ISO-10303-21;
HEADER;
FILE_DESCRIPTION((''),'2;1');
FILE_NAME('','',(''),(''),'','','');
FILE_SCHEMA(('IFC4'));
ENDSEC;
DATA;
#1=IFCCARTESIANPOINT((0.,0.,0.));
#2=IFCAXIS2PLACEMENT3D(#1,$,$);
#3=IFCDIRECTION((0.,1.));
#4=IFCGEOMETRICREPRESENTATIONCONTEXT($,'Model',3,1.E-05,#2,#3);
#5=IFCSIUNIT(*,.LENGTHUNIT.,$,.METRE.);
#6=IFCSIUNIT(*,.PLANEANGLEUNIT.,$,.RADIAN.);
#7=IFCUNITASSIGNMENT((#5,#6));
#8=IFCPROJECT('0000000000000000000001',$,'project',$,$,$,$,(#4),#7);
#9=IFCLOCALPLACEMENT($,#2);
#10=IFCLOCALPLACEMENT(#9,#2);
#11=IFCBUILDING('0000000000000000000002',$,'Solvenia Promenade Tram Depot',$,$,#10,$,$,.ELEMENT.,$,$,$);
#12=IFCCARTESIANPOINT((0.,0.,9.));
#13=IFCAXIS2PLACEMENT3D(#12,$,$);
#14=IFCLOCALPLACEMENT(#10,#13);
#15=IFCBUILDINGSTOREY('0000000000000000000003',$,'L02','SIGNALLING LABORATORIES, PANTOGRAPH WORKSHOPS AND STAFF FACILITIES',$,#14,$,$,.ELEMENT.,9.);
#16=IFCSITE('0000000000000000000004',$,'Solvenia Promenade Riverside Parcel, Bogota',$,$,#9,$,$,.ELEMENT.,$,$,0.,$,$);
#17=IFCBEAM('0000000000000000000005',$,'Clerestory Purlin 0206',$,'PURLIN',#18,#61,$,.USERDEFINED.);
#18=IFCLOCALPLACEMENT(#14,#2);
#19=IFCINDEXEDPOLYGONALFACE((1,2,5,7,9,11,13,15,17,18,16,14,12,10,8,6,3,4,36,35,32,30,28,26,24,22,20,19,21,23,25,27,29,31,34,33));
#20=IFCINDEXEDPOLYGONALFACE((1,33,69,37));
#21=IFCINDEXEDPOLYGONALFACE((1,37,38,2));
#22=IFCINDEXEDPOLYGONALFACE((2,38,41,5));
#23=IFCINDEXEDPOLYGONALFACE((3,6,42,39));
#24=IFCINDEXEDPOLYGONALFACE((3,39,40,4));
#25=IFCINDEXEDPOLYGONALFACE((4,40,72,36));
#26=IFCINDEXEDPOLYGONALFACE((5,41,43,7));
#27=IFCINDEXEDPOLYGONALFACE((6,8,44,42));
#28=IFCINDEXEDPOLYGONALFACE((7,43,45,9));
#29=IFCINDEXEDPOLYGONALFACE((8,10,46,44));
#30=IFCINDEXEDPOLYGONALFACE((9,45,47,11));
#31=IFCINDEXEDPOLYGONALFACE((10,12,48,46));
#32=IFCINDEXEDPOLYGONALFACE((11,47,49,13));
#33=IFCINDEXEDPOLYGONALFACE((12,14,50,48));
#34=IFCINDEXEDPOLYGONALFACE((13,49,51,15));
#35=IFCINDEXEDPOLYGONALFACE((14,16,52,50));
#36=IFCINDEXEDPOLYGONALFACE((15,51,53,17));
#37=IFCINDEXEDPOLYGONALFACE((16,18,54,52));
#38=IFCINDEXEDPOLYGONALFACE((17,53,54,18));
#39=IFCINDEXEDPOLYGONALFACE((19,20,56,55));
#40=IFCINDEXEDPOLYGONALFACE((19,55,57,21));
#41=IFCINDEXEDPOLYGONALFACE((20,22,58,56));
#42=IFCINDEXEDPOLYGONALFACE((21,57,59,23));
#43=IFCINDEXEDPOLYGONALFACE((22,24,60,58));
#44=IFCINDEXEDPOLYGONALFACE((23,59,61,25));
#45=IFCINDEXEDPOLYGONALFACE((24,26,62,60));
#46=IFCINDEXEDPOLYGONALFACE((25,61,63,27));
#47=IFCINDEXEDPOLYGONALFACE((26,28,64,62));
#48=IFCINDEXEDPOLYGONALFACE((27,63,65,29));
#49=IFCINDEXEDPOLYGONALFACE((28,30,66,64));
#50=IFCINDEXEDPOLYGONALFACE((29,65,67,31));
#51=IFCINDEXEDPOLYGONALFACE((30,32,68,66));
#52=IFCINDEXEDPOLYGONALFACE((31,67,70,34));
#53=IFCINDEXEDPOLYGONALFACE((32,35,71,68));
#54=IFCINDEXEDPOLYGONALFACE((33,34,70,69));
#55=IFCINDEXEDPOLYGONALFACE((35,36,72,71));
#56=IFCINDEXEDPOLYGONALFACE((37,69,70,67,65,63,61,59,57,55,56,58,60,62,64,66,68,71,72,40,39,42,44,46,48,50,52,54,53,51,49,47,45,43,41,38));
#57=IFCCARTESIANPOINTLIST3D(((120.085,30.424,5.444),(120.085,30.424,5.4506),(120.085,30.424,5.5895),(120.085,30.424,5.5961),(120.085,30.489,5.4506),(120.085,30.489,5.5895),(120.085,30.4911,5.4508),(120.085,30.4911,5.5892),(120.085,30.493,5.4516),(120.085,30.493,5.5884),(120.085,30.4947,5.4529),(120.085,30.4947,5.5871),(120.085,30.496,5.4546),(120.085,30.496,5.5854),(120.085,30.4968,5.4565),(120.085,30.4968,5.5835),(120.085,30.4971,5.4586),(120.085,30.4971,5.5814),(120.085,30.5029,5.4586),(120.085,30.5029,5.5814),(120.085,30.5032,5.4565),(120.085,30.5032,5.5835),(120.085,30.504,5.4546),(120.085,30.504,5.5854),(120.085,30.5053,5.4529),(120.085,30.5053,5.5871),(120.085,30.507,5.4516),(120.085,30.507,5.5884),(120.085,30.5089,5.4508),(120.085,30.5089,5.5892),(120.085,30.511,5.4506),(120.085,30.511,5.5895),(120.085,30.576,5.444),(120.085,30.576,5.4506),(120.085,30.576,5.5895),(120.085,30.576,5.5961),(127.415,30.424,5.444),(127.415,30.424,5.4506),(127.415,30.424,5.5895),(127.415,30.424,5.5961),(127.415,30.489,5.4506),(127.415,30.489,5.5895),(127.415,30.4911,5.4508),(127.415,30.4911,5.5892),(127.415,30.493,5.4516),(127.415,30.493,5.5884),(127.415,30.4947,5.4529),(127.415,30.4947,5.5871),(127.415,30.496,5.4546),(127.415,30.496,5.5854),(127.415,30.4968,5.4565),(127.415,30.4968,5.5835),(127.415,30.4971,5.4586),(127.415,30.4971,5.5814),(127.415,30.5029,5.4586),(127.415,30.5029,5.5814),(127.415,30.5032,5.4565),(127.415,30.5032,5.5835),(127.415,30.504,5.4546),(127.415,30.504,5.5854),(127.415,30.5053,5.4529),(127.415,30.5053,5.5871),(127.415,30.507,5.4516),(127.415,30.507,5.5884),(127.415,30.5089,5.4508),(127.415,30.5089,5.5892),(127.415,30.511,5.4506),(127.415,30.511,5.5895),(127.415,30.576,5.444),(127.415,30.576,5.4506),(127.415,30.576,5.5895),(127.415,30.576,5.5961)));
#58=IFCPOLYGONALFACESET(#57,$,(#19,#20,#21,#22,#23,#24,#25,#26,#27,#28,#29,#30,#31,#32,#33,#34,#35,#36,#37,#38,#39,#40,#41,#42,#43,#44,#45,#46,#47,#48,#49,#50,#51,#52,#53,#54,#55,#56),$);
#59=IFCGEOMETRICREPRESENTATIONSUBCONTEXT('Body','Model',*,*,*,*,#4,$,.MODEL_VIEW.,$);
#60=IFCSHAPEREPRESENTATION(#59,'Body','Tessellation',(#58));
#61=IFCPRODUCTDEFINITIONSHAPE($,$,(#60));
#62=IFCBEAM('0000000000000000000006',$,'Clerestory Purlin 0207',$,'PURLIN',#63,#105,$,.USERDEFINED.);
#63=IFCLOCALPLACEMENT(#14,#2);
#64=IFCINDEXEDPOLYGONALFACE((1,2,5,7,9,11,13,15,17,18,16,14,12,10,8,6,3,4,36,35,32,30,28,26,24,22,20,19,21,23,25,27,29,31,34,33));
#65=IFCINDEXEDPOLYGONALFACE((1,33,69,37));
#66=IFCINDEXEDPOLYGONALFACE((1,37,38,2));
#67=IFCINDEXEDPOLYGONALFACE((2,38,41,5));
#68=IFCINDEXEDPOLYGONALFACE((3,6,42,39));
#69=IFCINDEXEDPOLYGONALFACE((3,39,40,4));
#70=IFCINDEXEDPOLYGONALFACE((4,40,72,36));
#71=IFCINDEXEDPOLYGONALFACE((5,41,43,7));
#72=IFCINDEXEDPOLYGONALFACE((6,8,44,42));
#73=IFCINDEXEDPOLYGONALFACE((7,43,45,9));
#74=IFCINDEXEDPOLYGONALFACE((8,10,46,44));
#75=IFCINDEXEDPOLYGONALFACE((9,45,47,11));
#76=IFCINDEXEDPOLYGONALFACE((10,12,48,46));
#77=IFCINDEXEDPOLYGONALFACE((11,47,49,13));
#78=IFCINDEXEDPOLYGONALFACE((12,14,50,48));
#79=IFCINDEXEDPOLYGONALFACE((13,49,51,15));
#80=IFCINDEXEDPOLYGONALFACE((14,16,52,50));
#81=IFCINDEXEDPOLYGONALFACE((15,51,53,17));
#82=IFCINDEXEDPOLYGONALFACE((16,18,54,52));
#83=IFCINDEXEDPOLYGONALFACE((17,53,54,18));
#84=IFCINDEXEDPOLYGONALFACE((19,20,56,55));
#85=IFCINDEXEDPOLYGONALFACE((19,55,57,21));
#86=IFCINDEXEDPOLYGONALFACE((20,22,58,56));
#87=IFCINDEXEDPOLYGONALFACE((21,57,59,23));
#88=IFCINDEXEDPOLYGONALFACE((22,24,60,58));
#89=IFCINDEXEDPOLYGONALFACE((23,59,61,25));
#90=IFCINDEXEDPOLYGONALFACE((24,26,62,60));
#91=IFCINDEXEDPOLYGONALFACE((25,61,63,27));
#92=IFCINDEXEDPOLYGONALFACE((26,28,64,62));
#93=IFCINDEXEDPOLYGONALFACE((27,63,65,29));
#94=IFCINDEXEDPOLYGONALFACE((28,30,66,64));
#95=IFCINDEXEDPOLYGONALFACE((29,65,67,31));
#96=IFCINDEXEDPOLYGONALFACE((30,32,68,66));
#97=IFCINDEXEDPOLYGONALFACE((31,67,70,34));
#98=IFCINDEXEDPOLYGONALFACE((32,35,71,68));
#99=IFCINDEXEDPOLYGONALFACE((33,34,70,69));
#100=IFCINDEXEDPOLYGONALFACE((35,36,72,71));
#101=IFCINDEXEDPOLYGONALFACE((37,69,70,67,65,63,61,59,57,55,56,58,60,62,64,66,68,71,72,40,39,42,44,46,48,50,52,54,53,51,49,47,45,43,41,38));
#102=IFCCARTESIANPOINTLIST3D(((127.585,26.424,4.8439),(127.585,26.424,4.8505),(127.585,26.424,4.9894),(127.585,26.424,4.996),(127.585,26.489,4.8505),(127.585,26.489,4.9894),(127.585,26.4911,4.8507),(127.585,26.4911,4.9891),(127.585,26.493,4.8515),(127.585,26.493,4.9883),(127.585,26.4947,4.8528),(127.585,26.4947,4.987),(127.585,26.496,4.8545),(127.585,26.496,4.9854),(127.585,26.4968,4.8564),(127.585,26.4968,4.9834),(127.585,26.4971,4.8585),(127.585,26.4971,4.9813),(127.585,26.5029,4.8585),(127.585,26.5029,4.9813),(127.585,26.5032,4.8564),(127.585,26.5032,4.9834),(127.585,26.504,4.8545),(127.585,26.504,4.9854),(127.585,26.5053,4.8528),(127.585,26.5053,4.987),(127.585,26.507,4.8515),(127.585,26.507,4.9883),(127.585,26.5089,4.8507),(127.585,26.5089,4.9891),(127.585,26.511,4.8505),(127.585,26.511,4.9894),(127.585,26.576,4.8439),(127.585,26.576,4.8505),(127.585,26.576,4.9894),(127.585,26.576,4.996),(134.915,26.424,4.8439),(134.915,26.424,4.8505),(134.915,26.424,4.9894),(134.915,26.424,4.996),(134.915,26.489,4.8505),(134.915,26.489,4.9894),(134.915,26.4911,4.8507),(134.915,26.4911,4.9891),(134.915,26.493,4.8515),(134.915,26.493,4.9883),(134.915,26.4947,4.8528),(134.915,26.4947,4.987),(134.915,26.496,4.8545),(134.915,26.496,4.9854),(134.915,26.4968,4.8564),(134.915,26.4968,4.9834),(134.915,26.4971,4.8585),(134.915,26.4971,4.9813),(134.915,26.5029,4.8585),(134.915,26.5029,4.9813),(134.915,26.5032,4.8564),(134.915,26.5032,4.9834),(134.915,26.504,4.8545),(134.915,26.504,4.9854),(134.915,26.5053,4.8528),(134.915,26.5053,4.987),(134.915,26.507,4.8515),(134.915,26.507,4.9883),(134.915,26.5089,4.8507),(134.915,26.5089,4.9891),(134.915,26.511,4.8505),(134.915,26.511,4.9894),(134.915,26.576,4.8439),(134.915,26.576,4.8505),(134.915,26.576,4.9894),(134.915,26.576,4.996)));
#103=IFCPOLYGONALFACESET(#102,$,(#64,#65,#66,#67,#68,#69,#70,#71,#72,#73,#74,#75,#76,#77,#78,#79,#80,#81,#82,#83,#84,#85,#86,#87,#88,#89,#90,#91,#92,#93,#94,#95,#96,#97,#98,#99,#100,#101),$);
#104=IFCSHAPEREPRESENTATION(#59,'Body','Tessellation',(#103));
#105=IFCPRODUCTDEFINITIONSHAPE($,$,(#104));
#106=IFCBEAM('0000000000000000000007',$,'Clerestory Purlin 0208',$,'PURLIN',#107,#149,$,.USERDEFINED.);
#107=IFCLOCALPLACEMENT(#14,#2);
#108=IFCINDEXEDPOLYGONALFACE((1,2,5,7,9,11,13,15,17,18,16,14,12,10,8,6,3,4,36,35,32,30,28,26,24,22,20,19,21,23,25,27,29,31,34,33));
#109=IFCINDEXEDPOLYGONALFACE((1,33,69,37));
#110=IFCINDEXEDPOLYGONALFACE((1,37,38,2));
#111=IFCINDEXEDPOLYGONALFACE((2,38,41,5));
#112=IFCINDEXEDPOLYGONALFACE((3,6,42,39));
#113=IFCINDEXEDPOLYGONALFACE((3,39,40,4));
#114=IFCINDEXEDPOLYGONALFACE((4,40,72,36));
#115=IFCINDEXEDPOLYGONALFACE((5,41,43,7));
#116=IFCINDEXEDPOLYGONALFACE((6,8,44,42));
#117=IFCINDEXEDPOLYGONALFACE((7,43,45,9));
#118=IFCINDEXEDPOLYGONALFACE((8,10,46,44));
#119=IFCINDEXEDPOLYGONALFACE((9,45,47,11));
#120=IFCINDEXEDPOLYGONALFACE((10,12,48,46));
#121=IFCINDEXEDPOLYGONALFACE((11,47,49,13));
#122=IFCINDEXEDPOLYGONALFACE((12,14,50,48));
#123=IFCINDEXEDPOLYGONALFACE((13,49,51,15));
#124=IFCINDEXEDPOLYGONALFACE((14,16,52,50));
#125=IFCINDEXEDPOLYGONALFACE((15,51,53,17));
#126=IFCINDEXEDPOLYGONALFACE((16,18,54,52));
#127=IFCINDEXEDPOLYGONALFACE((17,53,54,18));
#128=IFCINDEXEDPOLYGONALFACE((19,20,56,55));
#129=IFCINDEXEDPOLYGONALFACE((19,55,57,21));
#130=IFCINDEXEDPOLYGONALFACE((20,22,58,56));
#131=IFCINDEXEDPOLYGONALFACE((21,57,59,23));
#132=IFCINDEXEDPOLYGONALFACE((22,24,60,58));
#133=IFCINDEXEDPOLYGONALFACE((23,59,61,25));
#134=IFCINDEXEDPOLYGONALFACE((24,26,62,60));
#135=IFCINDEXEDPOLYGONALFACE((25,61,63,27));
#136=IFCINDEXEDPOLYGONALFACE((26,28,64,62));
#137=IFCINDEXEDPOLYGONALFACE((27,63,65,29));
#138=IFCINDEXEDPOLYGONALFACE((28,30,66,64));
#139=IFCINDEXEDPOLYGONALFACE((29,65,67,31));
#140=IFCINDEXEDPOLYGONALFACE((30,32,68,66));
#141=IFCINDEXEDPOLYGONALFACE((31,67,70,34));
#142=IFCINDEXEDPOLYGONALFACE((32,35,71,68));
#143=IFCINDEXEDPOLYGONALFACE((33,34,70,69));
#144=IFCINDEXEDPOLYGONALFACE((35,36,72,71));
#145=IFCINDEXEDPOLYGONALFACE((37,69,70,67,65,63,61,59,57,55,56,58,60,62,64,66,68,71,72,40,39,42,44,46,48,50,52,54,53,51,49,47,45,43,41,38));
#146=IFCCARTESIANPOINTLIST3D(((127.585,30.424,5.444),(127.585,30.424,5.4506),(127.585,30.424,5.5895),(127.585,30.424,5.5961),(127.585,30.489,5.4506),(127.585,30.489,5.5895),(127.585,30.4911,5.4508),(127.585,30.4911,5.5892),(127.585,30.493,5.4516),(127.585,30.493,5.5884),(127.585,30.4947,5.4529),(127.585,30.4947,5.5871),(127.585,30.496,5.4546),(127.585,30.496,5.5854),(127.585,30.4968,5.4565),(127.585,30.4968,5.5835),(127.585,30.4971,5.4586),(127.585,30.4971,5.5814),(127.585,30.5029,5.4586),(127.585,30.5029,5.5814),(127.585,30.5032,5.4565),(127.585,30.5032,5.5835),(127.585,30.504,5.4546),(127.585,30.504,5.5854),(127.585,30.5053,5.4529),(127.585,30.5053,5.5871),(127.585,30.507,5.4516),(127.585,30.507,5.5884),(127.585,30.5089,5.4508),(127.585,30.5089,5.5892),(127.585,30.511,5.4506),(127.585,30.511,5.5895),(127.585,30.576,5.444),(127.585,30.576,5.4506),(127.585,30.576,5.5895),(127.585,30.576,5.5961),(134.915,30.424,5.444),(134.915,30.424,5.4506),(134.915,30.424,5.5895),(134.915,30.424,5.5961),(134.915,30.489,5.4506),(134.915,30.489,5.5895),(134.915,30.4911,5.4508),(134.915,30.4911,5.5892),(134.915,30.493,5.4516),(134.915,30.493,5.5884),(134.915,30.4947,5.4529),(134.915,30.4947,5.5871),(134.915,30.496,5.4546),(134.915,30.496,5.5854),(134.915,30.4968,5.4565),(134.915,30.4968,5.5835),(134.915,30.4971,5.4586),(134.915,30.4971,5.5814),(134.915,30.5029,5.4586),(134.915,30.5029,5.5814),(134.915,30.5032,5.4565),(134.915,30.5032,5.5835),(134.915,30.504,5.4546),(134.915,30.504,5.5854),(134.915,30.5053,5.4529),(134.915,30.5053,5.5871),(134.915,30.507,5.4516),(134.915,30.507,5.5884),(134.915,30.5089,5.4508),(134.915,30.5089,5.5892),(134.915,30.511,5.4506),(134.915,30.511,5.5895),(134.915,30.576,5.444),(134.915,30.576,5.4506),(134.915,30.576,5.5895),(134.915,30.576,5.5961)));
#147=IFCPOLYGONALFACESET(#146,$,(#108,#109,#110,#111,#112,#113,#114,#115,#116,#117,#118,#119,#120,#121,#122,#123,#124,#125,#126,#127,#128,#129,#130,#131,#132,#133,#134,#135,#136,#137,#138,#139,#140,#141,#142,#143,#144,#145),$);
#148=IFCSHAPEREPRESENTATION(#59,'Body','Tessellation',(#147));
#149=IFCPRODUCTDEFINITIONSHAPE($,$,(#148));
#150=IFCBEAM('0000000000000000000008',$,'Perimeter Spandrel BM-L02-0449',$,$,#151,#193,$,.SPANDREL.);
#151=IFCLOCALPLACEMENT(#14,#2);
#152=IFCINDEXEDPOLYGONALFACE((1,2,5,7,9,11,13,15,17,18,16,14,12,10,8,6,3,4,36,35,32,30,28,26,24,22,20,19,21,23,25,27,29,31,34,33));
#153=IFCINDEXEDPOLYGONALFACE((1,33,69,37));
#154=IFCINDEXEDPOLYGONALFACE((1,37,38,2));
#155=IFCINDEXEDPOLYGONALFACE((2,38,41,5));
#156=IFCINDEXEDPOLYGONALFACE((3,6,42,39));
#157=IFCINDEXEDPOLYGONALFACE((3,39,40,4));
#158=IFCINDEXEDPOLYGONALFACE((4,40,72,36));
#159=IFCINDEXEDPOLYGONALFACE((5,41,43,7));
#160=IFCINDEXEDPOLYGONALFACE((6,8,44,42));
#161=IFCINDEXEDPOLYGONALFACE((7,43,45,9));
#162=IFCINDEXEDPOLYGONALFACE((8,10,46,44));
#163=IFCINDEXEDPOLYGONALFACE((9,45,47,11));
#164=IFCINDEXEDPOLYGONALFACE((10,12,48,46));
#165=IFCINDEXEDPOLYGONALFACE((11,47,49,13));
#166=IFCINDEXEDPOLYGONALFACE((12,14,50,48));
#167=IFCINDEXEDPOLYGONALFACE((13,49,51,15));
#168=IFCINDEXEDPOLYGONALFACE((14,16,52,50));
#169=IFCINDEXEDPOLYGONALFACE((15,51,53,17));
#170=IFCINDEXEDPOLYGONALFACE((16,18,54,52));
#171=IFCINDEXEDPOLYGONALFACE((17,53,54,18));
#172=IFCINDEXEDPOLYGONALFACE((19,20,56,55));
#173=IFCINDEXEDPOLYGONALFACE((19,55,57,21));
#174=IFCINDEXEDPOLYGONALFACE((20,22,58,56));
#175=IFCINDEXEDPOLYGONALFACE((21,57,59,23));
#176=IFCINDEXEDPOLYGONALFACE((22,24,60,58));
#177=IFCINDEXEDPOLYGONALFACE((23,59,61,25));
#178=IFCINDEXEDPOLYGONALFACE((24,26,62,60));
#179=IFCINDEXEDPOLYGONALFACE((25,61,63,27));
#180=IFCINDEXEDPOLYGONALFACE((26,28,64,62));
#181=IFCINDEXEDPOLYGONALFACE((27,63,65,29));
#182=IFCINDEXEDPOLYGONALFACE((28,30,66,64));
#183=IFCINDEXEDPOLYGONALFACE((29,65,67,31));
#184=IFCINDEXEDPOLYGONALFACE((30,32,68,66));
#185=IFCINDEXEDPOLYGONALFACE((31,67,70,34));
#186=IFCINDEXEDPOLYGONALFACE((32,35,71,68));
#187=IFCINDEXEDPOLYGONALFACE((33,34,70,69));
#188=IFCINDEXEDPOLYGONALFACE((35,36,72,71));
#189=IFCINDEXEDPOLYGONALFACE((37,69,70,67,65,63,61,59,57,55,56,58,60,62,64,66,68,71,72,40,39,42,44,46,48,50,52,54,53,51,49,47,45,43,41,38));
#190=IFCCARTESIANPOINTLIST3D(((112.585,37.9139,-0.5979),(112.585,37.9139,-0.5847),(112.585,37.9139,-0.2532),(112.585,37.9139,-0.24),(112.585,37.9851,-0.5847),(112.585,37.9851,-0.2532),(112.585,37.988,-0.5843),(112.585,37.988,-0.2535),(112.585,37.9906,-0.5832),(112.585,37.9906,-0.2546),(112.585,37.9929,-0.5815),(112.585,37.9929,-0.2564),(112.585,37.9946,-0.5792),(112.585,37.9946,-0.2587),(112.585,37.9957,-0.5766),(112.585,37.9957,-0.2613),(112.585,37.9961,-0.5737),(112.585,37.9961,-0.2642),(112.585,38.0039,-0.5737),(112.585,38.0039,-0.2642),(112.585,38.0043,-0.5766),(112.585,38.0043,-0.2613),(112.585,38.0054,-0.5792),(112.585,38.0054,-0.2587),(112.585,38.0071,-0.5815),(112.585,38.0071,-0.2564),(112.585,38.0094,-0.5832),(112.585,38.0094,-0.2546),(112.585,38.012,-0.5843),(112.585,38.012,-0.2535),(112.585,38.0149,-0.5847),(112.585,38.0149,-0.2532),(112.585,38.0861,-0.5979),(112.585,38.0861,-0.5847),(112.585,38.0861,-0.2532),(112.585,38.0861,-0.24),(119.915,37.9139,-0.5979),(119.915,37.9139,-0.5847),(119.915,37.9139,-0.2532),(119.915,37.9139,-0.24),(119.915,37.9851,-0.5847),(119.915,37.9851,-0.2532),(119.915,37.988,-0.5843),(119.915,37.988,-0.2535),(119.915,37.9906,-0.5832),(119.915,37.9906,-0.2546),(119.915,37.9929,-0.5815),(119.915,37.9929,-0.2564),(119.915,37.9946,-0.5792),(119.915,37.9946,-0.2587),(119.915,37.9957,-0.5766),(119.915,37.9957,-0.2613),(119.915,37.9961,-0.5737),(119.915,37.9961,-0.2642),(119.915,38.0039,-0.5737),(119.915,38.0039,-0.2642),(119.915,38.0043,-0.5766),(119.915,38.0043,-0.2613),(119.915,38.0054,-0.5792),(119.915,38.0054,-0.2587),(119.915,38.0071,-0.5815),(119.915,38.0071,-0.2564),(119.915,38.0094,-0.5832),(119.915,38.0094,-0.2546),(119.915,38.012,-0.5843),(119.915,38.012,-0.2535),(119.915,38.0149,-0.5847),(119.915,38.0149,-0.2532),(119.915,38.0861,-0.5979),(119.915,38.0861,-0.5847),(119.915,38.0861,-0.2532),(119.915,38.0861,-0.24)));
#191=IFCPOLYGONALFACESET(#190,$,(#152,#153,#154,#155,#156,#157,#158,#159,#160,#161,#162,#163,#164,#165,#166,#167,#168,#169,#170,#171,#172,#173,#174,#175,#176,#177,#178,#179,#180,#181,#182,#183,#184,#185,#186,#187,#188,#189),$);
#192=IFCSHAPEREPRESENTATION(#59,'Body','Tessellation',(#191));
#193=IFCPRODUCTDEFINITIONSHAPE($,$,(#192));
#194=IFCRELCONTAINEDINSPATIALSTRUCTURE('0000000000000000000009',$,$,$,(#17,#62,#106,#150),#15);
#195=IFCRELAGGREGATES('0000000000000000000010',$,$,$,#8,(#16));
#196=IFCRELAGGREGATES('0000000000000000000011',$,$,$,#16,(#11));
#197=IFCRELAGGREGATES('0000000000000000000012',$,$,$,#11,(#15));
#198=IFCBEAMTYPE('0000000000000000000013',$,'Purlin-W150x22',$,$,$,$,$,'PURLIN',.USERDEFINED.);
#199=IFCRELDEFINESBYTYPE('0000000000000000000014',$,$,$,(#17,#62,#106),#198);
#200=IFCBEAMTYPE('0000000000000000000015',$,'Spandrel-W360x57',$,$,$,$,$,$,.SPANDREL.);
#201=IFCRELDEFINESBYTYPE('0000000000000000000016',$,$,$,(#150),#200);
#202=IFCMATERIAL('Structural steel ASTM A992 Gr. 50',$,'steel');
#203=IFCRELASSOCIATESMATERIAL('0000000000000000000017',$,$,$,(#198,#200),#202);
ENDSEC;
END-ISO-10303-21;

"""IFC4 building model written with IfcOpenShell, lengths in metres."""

from ifc_helpers import new_model, si_unit, direction, frame, origin, origin_2d, place, context, subcontext, project, spatial, i_section, extrude, material, material_profile, profile_set, type_object, element, save


model = new_model("IFC4")

# Units and contexts
model_context = context("Model", 3, precision=1e-05, world=origin(), true_north=direction((0.0, 1.0)))
body_context = subcontext(model_context, "Body", "Model", "MODEL_VIEW")
ifc_project = project(units=[si_unit("LENGTHUNIT", "METRE"), si_unit("PLANEANGLEUNIT", "RADIAN")], contexts=[model_context])

# Site, building, storey
site_placement = place(None, origin())
site = spatial("IfcSite", under=ifc_project, at=site_placement, Name="Solvenia Promenade Riverside Parcel, Bogota", CompositionType="ELEMENT", RefElevation=0.0)
building_placement = place(site_placement, origin())
building = spatial("IfcBuilding", under=site, at=building_placement, Name="Solvenia Promenade Tram Depot", CompositionType="ELEMENT")
storey_placement = place(building_placement, frame((0.0, 0.0, 9.0)))
storey = spatial("IfcBuildingStorey", under=building, at=storey_placement, Name="L02", Description="SIGNALLING LABORATORIES, PANTOGRAPH WORKSHOPS AND STAFF FACILITIES", CompositionType="ELEMENT", Elevation=9.0)

# Shared definitions
ifc_material_1 = material(Name="Structural steel ASTM A992 Gr. 50", Category="steel")

# Beams
ifc_material_profile_1 = material_profile(ifc_material_1, i_section(OverallWidth=0.1521, OverallDepth=0.1521, WebThickness=0.0059, FlangeThickness=0.0066, FilletRadius=0.0081, at=origin_2d()), Name="W150x22", Category="steel")
ifc_profile_set_1 = profile_set([ifc_material_profile_1], Name="Structural steel ASTM A992 Gr. 50")
beam_type_1 = type_object("IfcBeamType", Name="Purlin-W150x22", ElementType="PURLIN", PredefinedType="USERDEFINED", material=ifc_profile_set_1)
for number, where, z_axis, x_axis, name in (
    (1, (120.085, 30.5, 5.52), (1.0, 0.0, 0.0), (0.0, 1.0, 0.0), "Clerestory Purlin 0206"),
    (2, (127.585, 26.5, 4.9199), (1.0, 0.0, 0.0), (0.0, 1.0, 0.0), "Clerestory Purlin 0207"),
    (3, (127.585, 30.5, 5.52), (1.0, 0.0, 0.0), (0.0, 1.0, 0.0), "Clerestory Purlin 0208"),
):
    element("IfcBeam", number, at=place(storey_placement, frame(where, z_axis=z_axis, x_axis=x_axis)), inside=storey, type_object=beam_type_1, Name=name, ObjectType="PURLIN", PredefinedType="USERDEFINED", context=body_context, shape_type="SweptSolid", body=[
        extrude(i_section(OverallWidth=0.1521, OverallDepth=0.1521, WebThickness=0.0059, FlangeThickness=0.0066, FilletRadius=0.0081, at=origin_2d()), origin(), (0.0, 0.0, 1.0), 7.3301),
    ])
ifc_material_profile_2 = material_profile(ifc_material_1, i_section(OverallWidth=0.1721, OverallDepth=0.3579, WebThickness=0.0078, FlangeThickness=0.0132, FilletRadius=0.011, at=origin_2d()), Name="W360x57", Category="steel")
ifc_profile_set_2 = profile_set([ifc_material_profile_2], Name="Structural steel ASTM A992 Gr. 50")
beam_type_2 = type_object("IfcBeamType", Name="Spandrel-W360x57", PredefinedType="SPANDREL", material=ifc_profile_set_2)
for number, where, z_axis, x_axis, name in (
    (4, (112.585, 38.0, -0.4189), (1.0, 0.0, 0.0), (0.0, 1.0, 0.0), "Perimeter Spandrel BM-L02-0449"),
):
    element("IfcBeam", number, at=place(storey_placement, frame(where, z_axis=z_axis, x_axis=x_axis)), inside=storey, type_object=beam_type_2, Name=name, PredefinedType="SPANDREL", context=body_context, shape_type="SweptSolid", body=[
        extrude(i_section(OverallWidth=0.1721, OverallDepth=0.3579, WebThickness=0.0078, FlangeThickness=0.0132, FilletRadius=0.011, at=origin_2d()), origin(), (0.0, 0.0, 1.0), 7.3301),
    ])

save(model, "model.ifc")
